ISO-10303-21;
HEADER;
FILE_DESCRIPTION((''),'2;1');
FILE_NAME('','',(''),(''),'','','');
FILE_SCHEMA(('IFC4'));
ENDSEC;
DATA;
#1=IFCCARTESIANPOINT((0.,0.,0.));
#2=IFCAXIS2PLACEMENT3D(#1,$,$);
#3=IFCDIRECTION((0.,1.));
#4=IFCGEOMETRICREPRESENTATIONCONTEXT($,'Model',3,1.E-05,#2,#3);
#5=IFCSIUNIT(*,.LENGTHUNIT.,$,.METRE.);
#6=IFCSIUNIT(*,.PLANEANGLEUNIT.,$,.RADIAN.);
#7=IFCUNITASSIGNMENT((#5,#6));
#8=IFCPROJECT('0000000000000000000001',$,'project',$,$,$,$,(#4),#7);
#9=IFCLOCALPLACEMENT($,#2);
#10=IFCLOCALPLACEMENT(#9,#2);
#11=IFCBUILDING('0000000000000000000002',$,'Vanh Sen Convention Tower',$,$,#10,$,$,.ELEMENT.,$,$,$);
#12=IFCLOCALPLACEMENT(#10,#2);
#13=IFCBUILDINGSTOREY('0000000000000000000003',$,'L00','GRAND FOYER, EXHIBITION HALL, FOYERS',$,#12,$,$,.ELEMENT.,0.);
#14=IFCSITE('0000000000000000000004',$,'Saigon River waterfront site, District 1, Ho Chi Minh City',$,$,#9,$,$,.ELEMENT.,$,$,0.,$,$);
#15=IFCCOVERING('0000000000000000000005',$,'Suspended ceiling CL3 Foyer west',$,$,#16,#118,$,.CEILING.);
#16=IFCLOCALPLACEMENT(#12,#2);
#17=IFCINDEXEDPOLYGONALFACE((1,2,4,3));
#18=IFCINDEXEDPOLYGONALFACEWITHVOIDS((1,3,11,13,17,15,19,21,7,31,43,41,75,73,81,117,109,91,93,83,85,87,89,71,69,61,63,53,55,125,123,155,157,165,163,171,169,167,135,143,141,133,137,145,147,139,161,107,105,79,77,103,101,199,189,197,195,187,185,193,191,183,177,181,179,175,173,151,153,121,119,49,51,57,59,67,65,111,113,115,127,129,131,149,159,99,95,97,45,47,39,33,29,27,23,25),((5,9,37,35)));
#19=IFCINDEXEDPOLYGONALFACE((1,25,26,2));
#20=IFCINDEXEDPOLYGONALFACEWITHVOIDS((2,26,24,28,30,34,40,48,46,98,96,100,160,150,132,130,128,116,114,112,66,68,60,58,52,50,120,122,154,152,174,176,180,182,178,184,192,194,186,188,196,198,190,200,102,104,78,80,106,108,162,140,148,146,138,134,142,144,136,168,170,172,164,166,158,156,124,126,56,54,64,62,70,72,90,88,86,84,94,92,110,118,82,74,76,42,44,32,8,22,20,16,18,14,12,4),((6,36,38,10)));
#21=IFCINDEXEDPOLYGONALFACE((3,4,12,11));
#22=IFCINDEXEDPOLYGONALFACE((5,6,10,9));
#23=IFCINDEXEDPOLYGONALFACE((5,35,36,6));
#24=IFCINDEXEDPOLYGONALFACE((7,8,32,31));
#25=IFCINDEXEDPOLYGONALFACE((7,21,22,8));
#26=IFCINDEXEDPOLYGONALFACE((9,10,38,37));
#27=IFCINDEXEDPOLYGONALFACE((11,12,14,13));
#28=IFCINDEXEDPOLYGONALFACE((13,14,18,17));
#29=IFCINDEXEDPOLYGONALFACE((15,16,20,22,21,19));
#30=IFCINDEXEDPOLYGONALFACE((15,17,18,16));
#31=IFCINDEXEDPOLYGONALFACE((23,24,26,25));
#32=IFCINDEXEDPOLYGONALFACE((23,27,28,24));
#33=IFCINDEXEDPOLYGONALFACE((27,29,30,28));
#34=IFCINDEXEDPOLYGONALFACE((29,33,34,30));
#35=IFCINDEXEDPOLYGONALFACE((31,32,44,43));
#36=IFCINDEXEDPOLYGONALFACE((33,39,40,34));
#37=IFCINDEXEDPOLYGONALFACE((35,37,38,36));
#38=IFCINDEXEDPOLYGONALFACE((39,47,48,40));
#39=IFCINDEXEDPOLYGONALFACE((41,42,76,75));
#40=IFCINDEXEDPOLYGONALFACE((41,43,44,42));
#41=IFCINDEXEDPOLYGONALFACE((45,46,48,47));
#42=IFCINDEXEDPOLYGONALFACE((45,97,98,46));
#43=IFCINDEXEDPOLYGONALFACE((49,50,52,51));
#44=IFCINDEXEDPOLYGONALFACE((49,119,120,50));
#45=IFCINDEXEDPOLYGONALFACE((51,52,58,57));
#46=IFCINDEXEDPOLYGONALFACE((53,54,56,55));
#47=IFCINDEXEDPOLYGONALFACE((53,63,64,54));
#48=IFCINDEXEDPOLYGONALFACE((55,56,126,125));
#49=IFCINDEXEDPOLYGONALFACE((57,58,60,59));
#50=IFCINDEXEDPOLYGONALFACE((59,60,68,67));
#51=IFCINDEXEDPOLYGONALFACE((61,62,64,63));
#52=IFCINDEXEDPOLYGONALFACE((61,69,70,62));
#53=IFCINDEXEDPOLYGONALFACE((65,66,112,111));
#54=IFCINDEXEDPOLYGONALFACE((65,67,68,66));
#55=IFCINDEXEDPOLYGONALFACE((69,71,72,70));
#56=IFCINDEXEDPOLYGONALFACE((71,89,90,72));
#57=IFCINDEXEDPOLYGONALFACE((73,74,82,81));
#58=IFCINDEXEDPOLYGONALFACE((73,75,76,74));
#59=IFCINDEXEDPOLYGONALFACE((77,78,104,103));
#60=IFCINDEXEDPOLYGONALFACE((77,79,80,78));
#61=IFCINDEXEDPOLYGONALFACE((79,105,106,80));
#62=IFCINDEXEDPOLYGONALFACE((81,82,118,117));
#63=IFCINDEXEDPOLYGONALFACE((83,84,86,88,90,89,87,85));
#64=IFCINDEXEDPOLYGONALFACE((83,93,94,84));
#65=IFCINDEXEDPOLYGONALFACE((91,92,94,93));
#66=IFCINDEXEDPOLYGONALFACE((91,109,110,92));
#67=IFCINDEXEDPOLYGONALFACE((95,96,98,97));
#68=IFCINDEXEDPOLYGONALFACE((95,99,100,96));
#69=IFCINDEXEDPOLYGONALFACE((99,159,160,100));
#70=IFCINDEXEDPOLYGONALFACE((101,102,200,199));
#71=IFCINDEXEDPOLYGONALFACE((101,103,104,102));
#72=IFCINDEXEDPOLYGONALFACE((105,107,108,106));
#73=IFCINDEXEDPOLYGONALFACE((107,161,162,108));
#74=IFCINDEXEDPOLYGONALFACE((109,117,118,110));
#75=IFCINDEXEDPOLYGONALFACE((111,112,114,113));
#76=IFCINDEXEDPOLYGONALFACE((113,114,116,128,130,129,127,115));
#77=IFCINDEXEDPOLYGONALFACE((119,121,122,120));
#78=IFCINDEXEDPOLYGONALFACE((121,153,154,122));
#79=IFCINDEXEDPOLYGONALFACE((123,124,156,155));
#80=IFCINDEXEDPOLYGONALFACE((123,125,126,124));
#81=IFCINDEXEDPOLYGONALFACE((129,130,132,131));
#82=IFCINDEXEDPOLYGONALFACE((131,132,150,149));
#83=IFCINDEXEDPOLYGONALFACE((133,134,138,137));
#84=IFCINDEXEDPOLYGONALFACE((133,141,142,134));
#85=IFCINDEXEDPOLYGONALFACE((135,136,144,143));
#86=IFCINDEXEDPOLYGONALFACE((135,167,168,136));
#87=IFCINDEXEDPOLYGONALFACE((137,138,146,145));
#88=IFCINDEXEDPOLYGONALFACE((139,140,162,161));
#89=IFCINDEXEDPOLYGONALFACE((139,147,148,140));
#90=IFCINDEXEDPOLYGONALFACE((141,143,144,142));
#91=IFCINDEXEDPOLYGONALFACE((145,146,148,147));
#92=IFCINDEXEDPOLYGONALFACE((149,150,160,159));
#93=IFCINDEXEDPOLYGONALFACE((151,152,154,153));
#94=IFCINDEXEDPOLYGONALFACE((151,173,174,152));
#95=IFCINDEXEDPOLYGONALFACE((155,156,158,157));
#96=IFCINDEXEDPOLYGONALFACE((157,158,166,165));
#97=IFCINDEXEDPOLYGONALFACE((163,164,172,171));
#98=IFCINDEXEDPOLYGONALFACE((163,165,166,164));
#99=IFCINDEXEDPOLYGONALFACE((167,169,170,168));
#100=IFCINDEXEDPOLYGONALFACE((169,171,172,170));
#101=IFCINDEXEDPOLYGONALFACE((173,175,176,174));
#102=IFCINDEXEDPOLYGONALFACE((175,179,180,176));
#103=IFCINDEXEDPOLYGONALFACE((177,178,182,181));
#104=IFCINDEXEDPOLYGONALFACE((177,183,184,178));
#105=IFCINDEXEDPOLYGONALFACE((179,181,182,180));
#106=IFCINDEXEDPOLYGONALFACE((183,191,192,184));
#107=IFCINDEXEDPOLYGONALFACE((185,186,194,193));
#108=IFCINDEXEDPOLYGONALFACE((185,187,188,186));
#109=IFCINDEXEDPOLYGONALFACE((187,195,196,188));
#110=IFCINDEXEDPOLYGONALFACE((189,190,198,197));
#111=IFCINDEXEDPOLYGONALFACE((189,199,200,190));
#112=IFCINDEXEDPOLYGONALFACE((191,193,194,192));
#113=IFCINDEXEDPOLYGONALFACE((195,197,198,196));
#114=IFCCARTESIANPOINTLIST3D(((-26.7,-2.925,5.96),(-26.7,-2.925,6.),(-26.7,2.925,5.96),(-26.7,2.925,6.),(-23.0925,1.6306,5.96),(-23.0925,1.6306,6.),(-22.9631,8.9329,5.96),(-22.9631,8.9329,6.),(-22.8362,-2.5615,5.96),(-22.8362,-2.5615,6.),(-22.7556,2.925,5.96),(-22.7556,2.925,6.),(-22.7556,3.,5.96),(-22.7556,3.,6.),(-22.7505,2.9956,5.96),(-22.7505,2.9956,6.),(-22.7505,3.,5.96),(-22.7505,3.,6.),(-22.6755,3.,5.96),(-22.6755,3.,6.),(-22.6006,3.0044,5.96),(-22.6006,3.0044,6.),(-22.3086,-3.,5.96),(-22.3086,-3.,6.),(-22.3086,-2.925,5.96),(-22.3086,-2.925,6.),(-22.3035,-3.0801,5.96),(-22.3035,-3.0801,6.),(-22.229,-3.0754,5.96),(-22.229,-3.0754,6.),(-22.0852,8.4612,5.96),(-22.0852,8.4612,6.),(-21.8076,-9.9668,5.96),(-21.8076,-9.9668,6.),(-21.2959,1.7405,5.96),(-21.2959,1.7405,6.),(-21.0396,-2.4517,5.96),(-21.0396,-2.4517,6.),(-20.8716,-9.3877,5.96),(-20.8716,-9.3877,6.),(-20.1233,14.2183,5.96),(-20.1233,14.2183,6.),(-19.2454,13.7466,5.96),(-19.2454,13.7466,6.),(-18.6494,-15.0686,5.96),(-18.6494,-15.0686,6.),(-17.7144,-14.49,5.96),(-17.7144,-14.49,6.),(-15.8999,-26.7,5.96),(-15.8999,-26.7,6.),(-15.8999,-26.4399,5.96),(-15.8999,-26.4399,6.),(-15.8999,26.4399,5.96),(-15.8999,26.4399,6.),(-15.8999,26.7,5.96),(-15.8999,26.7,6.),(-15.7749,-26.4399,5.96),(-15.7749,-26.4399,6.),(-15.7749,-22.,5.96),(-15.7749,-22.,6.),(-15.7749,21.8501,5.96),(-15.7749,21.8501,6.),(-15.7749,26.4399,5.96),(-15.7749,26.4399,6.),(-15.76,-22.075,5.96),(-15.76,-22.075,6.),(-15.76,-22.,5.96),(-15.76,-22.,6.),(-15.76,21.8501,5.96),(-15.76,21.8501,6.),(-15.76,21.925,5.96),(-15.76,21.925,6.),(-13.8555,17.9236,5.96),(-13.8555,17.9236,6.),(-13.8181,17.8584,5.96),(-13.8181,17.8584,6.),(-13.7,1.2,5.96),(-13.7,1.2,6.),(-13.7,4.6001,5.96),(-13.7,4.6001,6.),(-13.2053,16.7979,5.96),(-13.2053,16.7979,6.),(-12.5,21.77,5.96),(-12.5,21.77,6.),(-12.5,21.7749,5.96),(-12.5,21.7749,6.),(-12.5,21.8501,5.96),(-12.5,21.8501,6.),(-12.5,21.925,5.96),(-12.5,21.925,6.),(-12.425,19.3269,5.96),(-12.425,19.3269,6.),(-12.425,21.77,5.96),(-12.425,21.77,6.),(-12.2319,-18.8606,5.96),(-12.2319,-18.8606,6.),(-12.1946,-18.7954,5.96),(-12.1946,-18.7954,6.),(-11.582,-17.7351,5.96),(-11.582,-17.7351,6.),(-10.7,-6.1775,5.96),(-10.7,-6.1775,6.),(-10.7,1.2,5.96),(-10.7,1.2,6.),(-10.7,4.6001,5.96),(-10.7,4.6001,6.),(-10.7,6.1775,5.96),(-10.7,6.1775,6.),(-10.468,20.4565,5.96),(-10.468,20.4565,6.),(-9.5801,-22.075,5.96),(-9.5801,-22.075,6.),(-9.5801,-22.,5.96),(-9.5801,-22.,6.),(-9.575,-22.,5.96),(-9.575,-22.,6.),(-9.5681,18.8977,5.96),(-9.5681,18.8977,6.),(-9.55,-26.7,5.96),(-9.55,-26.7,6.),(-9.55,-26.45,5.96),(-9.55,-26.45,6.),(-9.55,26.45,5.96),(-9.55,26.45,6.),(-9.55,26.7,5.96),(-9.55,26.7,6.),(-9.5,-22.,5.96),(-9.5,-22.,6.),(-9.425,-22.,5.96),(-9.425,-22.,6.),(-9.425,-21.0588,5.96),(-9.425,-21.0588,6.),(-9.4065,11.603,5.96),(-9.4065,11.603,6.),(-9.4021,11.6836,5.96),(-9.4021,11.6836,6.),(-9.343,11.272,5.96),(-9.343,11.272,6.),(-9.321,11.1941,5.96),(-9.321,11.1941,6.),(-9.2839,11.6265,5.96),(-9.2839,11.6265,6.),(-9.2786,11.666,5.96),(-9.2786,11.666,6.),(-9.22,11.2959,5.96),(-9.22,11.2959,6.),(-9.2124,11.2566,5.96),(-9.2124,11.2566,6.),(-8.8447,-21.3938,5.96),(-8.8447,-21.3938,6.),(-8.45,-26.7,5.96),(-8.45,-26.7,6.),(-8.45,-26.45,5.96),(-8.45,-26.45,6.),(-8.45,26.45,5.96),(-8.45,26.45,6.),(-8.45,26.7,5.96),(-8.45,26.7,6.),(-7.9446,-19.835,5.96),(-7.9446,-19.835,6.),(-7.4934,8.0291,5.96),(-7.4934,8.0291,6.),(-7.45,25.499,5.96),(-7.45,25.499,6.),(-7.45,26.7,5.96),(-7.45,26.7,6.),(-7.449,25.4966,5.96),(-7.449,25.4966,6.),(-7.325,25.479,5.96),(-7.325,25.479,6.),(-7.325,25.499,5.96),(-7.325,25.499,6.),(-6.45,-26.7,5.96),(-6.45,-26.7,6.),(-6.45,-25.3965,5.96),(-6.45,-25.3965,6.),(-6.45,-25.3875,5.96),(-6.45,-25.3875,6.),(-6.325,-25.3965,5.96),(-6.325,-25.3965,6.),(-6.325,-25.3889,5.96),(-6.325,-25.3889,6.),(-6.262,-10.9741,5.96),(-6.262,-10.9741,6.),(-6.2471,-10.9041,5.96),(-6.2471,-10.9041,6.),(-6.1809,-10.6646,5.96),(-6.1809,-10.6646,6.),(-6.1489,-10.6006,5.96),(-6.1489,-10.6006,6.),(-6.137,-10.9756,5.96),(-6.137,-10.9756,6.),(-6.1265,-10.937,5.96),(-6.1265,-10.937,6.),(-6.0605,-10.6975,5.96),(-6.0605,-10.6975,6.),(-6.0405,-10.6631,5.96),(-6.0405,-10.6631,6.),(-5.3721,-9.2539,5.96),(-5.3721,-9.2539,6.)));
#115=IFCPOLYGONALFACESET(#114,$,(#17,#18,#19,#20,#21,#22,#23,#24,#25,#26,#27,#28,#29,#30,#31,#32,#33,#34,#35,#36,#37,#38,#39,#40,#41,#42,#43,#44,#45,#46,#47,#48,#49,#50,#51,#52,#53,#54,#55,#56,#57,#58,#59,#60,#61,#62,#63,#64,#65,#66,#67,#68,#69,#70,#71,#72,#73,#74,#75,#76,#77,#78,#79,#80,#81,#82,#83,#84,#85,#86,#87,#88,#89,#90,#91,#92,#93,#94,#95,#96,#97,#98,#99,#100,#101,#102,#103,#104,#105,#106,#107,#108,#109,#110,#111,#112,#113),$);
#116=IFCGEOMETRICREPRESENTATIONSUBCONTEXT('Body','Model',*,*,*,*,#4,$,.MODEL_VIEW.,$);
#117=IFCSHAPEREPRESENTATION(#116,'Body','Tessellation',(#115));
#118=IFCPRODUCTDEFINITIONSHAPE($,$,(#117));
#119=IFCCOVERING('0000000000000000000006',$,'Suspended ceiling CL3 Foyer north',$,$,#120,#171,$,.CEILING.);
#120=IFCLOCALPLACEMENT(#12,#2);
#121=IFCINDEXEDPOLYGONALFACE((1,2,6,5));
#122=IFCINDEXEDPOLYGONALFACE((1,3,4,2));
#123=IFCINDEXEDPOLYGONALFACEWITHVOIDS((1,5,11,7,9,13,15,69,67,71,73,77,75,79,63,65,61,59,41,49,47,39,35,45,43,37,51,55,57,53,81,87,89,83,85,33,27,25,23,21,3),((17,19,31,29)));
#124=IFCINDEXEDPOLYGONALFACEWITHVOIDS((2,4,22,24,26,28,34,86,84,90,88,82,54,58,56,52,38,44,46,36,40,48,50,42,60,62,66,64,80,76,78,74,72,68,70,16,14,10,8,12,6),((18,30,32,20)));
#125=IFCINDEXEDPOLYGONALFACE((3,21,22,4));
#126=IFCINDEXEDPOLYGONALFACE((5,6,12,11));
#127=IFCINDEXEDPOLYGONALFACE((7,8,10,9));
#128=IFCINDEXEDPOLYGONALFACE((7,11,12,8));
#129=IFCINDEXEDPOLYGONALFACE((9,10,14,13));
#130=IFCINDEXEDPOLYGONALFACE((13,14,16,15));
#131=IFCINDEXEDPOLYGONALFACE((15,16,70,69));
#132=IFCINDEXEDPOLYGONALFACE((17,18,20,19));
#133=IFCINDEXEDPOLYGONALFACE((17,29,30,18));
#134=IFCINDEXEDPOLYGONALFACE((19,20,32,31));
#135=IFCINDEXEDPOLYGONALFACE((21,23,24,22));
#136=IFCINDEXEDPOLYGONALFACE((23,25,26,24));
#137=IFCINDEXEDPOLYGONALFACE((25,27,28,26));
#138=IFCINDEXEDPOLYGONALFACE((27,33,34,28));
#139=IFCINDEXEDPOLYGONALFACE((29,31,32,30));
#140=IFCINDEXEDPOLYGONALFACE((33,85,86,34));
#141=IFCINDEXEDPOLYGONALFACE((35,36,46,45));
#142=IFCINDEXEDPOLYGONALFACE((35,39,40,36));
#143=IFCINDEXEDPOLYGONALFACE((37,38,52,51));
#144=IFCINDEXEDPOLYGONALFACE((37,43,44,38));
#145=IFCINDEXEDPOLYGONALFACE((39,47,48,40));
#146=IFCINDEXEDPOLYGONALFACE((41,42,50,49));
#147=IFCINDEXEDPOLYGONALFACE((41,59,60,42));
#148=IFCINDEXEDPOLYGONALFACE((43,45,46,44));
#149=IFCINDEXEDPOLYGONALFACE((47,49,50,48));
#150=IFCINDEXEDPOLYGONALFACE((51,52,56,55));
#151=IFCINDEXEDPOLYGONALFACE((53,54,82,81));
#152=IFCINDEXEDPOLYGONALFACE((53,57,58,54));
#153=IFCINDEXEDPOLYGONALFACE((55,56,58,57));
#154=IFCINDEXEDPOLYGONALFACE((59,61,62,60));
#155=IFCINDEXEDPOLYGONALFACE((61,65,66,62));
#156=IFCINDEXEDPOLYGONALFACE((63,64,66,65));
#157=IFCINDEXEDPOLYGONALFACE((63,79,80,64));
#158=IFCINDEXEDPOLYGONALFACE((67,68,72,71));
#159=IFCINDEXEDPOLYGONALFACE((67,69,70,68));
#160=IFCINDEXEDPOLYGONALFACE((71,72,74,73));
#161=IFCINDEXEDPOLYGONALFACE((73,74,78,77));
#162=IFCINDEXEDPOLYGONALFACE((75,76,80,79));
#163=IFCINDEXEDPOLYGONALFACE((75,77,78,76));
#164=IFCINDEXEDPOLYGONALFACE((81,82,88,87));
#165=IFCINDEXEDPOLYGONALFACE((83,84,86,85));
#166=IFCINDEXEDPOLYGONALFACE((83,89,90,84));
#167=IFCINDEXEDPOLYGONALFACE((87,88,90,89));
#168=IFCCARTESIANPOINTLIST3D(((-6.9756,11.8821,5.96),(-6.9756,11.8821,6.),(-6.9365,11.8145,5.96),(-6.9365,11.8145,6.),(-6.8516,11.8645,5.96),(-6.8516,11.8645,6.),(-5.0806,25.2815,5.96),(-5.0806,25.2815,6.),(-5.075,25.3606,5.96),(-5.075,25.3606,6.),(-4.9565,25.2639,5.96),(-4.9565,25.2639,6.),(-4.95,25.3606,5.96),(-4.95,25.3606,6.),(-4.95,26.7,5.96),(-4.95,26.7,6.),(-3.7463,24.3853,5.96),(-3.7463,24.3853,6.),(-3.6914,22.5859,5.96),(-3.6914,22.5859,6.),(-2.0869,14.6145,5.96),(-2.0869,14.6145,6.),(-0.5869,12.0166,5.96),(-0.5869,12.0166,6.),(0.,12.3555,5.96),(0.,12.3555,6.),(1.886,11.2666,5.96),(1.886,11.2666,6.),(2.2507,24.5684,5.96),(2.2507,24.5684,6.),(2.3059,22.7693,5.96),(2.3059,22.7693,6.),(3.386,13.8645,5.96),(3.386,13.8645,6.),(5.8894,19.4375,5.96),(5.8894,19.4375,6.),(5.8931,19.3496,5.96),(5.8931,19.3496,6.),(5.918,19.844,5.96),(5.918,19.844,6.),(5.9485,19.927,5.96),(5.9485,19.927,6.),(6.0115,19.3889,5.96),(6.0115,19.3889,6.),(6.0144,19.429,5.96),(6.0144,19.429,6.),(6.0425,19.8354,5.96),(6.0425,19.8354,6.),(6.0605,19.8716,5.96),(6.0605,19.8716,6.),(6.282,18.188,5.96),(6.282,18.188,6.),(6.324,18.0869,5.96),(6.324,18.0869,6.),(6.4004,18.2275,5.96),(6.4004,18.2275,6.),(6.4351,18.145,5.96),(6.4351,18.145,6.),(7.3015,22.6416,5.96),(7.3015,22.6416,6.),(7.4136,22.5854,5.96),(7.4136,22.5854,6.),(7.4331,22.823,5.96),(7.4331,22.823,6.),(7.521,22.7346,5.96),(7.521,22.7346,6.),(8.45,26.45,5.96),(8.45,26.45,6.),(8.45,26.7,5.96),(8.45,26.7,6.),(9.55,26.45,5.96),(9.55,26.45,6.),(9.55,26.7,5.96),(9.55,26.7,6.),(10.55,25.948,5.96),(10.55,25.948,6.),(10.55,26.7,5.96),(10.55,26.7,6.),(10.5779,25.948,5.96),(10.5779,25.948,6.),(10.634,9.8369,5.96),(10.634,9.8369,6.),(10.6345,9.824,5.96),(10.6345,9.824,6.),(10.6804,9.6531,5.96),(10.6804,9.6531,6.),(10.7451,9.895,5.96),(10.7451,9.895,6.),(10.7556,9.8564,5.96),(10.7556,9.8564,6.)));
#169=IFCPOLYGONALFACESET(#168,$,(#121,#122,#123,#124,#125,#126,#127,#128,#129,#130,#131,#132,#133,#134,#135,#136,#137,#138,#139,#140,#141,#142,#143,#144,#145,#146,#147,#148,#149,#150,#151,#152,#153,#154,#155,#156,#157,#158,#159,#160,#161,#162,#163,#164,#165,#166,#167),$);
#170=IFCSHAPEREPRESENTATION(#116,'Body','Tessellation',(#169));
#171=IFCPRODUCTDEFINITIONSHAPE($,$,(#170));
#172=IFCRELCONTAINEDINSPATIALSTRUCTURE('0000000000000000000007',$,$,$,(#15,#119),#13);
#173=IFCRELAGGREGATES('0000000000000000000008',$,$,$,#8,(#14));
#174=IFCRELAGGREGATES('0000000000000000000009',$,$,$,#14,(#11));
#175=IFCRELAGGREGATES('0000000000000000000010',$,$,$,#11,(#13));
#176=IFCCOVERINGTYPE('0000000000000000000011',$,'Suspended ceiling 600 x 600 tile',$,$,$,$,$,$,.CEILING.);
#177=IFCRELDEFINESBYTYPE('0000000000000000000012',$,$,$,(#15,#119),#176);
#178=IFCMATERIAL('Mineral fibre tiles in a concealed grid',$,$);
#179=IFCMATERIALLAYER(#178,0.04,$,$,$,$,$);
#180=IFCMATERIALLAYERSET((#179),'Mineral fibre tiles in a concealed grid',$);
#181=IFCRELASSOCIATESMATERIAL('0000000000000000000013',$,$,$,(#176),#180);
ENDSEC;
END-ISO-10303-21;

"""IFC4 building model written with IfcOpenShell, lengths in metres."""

from ifc_helpers import new_model, si_unit, direction, frame, origin, place, context, subcontext, project, spatial, polyline, outline, extrude, material, layer, layer_set, type_object, element, save


model = new_model("IFC4")

# Units and contexts
model_context = context("Model", 3, precision=1e-05, world=origin(), true_north=direction((0.0, 1.0)))
body_context = subcontext(model_context, "Body", "Model", "MODEL_VIEW")
ifc_project = project(units=[si_unit("LENGTHUNIT", "METRE"), si_unit("PLANEANGLEUNIT", "RADIAN")], contexts=[model_context])

# Site, building, storey
site_placement = place(None, origin())
site = spatial("IfcSite", under=ifc_project, at=site_placement, Name="Saigon River waterfront site, District 1, Ho Chi Minh City", CompositionType="ELEMENT", RefElevation=0.0)
building_placement = place(site_placement, origin())
building = spatial("IfcBuilding", under=site, at=building_placement, Name="Vanh Sen Convention Tower", CompositionType="ELEMENT")
storey_placement = place(building_placement, origin())
storey = spatial("IfcBuildingStorey", under=building, at=storey_placement, Name="L00", Description="GRAND FOYER, EXHIBITION HALL, FOYERS", CompositionType="ELEMENT", Elevation=0.0)

# Coverings
ifc_material_1 = material(Name="Mineral fibre tiles in a concealed grid")
ifc_layer_1 = layer(ifc_material_1, 0.04)
ifc_layer_set_1 = layer_set([ifc_layer_1], Name="Mineral fibre tiles in a concealed grid")
covering_type = type_object("IfcCoveringType", Name="Suspended ceiling 600 x 600 tile", PredefinedType="CEILING", material=ifc_layer_set_1)
covering_1_placement = place(storey_placement, frame((0.0, 0.0, 5.96)))
element("IfcCovering", 1, at=covering_1_placement, inside=storey, type_object=covering_type, Name="Suspended ceiling CL3 Foyer west", PredefinedType="CEILING", context=body_context, shape_type="SweptSolid", body=[
    extrude(outline(polyline([(-12.2319, -18.8606), (-12.2319, -18.8606), (-11.582, -17.7351), (-7.9446, -19.835), (-8.8447, -21.3938), (-9.425, -21.0588), (-9.425, -22.0), (-9.5, -22.0), (-9.575, -22.0), (-9.5801, -22.0), (-9.5801, -22.075), (-15.76, -22.075), (-15.76, -22.0), (-15.7749, -22.0), (-15.7749, -26.4399), (-15.8999, -26.4399), (-15.8999, -26.7), (-9.55, -26.7), (-9.55, -26.45), (-8.45, -26.45), (-8.45, -26.7), (-6.45, -26.7), (-6.45, -25.3965), (-6.325, -25.3965), (-6.325, -25.3889), (-6.45, -25.3875), (-6.262, -10.9741), (-6.137, -10.9756), (-6.1265, -10.937), (-6.2471, -10.9041), (-6.1809, -10.6646), (-6.0605, -10.6975), (-6.0405, -10.6631), (-6.1489, -10.6006), (-5.3721, -9.2539), (-10.7, -6.1775), (-10.7, 1.2), (-13.7, 1.2), (-13.7, 4.6001), (-10.7, 4.6001), (-10.7, 6.1775), (-7.4934, 8.0291), (-9.321, 11.1941), (-9.2124, 11.2566), (-9.22, 11.2959), (-9.343, 11.272), (-9.4065, 11.603), (-9.2839, 11.6265), (-9.2786, 11.666), (-9.4021, 11.6836), (-7.449, 25.4966), (-7.325, 25.479), (-7.325, 25.499), (-7.45, 25.499), (-7.45, 26.7), (-8.45, 26.7), (-8.45, 26.45), (-9.55, 26.45), (-9.55, 26.7), (-15.8999, 26.7), (-15.8999, 26.4399), (-15.7749, 26.4399), (-15.7749, 21.8501), (-15.76, 21.8501), (-15.76, 21.925), (-12.5, 21.925), (-12.5, 21.8501), (-12.5, 21.7749), (-12.5, 21.77), (-12.425, 21.77), (-12.425, 19.3269), (-10.468, 20.4565), (-9.5681, 18.8977), (-13.2053, 16.7979), (-13.8555, 17.9236), (-13.8555, 17.9236), (-13.8181, 17.8584), (-20.1233, 14.2183), (-19.2454, 13.7466), (-22.0852, 8.4612), (-22.9631, 8.9329), (-22.6006, 3.0044), (-22.6755, 3.0), (-22.7505, 2.9956), (-22.7505, 3.0), (-22.7556, 3.0), (-22.7556, 2.925), (-26.7, 2.925), (-26.7, -2.925), (-22.3086, -2.925), (-22.3086, -3.0), (-22.3035, -3.0801), (-22.229, -3.0754), (-21.8076, -9.9668), (-20.8716, -9.3877), (-17.7144, -14.49), (-18.6494, -15.0686), (-12.1946, -18.7954), (-12.2319, -18.8606)]), holes=[polyline([(-22.8362, -2.5615), (-21.0396, -2.4517), (-21.2959, 1.7405), (-23.0925, 1.6306), (-22.8362, -2.5615)])]), origin(), (0.0, 0.0, 1.0), 0.04),
])
covering_2_placement = place(storey_placement, frame((0.0, 0.0, 5.96)))
element("IfcCovering", 2, at=covering_2_placement, inside=storey, type_object=covering_type, Name="Suspended ceiling CL3 Foyer north", PredefinedType="CEILING", context=body_context, shape_type="SweptSolid", body=[
    extrude(outline(polyline([(-4.95, 25.3606), (-5.075, 25.3606), (-5.0806, 25.2815), (-4.9565, 25.2639), (-6.8516, 11.8645), (-6.9756, 11.8821), (-6.9365, 11.8145), (-2.0869, 14.6145), (-0.5869, 12.0166), (0.0, 12.3555), (1.886, 11.2666), (3.386, 13.8645), (10.6804, 9.6531), (10.6345, 9.824), (10.7556, 9.8564), (10.7451, 9.895), (10.634, 9.8369), (6.324, 18.0869), (6.4351, 18.145), (6.4004, 18.2275), (6.282, 18.188), (5.8931, 19.3496), (6.0115, 19.3889), (6.0144, 19.429), (5.8894, 19.4375), (5.918, 19.844), (6.0425, 19.8354), (6.0605, 19.8716), (5.9485, 19.927), (7.3015, 22.6416), (7.4136, 22.5854), (7.521, 22.7346), (7.4331, 22.823), (10.5779, 25.948), (10.55, 25.948), (10.55, 26.7), (9.55, 26.7), (9.55, 26.45), (8.45, 26.45), (8.45, 26.7), (-4.95, 26.7), (-4.95, 25.3606)]), holes=[polyline([(2.2507, 24.5684), (-3.7463, 24.3853), (-3.6914, 22.5859), (2.3059, 22.7693), (2.2507, 24.5684)])]), origin(), (0.0, 0.0, 1.0), 0.04),
])

save(model, "model.ifc")
